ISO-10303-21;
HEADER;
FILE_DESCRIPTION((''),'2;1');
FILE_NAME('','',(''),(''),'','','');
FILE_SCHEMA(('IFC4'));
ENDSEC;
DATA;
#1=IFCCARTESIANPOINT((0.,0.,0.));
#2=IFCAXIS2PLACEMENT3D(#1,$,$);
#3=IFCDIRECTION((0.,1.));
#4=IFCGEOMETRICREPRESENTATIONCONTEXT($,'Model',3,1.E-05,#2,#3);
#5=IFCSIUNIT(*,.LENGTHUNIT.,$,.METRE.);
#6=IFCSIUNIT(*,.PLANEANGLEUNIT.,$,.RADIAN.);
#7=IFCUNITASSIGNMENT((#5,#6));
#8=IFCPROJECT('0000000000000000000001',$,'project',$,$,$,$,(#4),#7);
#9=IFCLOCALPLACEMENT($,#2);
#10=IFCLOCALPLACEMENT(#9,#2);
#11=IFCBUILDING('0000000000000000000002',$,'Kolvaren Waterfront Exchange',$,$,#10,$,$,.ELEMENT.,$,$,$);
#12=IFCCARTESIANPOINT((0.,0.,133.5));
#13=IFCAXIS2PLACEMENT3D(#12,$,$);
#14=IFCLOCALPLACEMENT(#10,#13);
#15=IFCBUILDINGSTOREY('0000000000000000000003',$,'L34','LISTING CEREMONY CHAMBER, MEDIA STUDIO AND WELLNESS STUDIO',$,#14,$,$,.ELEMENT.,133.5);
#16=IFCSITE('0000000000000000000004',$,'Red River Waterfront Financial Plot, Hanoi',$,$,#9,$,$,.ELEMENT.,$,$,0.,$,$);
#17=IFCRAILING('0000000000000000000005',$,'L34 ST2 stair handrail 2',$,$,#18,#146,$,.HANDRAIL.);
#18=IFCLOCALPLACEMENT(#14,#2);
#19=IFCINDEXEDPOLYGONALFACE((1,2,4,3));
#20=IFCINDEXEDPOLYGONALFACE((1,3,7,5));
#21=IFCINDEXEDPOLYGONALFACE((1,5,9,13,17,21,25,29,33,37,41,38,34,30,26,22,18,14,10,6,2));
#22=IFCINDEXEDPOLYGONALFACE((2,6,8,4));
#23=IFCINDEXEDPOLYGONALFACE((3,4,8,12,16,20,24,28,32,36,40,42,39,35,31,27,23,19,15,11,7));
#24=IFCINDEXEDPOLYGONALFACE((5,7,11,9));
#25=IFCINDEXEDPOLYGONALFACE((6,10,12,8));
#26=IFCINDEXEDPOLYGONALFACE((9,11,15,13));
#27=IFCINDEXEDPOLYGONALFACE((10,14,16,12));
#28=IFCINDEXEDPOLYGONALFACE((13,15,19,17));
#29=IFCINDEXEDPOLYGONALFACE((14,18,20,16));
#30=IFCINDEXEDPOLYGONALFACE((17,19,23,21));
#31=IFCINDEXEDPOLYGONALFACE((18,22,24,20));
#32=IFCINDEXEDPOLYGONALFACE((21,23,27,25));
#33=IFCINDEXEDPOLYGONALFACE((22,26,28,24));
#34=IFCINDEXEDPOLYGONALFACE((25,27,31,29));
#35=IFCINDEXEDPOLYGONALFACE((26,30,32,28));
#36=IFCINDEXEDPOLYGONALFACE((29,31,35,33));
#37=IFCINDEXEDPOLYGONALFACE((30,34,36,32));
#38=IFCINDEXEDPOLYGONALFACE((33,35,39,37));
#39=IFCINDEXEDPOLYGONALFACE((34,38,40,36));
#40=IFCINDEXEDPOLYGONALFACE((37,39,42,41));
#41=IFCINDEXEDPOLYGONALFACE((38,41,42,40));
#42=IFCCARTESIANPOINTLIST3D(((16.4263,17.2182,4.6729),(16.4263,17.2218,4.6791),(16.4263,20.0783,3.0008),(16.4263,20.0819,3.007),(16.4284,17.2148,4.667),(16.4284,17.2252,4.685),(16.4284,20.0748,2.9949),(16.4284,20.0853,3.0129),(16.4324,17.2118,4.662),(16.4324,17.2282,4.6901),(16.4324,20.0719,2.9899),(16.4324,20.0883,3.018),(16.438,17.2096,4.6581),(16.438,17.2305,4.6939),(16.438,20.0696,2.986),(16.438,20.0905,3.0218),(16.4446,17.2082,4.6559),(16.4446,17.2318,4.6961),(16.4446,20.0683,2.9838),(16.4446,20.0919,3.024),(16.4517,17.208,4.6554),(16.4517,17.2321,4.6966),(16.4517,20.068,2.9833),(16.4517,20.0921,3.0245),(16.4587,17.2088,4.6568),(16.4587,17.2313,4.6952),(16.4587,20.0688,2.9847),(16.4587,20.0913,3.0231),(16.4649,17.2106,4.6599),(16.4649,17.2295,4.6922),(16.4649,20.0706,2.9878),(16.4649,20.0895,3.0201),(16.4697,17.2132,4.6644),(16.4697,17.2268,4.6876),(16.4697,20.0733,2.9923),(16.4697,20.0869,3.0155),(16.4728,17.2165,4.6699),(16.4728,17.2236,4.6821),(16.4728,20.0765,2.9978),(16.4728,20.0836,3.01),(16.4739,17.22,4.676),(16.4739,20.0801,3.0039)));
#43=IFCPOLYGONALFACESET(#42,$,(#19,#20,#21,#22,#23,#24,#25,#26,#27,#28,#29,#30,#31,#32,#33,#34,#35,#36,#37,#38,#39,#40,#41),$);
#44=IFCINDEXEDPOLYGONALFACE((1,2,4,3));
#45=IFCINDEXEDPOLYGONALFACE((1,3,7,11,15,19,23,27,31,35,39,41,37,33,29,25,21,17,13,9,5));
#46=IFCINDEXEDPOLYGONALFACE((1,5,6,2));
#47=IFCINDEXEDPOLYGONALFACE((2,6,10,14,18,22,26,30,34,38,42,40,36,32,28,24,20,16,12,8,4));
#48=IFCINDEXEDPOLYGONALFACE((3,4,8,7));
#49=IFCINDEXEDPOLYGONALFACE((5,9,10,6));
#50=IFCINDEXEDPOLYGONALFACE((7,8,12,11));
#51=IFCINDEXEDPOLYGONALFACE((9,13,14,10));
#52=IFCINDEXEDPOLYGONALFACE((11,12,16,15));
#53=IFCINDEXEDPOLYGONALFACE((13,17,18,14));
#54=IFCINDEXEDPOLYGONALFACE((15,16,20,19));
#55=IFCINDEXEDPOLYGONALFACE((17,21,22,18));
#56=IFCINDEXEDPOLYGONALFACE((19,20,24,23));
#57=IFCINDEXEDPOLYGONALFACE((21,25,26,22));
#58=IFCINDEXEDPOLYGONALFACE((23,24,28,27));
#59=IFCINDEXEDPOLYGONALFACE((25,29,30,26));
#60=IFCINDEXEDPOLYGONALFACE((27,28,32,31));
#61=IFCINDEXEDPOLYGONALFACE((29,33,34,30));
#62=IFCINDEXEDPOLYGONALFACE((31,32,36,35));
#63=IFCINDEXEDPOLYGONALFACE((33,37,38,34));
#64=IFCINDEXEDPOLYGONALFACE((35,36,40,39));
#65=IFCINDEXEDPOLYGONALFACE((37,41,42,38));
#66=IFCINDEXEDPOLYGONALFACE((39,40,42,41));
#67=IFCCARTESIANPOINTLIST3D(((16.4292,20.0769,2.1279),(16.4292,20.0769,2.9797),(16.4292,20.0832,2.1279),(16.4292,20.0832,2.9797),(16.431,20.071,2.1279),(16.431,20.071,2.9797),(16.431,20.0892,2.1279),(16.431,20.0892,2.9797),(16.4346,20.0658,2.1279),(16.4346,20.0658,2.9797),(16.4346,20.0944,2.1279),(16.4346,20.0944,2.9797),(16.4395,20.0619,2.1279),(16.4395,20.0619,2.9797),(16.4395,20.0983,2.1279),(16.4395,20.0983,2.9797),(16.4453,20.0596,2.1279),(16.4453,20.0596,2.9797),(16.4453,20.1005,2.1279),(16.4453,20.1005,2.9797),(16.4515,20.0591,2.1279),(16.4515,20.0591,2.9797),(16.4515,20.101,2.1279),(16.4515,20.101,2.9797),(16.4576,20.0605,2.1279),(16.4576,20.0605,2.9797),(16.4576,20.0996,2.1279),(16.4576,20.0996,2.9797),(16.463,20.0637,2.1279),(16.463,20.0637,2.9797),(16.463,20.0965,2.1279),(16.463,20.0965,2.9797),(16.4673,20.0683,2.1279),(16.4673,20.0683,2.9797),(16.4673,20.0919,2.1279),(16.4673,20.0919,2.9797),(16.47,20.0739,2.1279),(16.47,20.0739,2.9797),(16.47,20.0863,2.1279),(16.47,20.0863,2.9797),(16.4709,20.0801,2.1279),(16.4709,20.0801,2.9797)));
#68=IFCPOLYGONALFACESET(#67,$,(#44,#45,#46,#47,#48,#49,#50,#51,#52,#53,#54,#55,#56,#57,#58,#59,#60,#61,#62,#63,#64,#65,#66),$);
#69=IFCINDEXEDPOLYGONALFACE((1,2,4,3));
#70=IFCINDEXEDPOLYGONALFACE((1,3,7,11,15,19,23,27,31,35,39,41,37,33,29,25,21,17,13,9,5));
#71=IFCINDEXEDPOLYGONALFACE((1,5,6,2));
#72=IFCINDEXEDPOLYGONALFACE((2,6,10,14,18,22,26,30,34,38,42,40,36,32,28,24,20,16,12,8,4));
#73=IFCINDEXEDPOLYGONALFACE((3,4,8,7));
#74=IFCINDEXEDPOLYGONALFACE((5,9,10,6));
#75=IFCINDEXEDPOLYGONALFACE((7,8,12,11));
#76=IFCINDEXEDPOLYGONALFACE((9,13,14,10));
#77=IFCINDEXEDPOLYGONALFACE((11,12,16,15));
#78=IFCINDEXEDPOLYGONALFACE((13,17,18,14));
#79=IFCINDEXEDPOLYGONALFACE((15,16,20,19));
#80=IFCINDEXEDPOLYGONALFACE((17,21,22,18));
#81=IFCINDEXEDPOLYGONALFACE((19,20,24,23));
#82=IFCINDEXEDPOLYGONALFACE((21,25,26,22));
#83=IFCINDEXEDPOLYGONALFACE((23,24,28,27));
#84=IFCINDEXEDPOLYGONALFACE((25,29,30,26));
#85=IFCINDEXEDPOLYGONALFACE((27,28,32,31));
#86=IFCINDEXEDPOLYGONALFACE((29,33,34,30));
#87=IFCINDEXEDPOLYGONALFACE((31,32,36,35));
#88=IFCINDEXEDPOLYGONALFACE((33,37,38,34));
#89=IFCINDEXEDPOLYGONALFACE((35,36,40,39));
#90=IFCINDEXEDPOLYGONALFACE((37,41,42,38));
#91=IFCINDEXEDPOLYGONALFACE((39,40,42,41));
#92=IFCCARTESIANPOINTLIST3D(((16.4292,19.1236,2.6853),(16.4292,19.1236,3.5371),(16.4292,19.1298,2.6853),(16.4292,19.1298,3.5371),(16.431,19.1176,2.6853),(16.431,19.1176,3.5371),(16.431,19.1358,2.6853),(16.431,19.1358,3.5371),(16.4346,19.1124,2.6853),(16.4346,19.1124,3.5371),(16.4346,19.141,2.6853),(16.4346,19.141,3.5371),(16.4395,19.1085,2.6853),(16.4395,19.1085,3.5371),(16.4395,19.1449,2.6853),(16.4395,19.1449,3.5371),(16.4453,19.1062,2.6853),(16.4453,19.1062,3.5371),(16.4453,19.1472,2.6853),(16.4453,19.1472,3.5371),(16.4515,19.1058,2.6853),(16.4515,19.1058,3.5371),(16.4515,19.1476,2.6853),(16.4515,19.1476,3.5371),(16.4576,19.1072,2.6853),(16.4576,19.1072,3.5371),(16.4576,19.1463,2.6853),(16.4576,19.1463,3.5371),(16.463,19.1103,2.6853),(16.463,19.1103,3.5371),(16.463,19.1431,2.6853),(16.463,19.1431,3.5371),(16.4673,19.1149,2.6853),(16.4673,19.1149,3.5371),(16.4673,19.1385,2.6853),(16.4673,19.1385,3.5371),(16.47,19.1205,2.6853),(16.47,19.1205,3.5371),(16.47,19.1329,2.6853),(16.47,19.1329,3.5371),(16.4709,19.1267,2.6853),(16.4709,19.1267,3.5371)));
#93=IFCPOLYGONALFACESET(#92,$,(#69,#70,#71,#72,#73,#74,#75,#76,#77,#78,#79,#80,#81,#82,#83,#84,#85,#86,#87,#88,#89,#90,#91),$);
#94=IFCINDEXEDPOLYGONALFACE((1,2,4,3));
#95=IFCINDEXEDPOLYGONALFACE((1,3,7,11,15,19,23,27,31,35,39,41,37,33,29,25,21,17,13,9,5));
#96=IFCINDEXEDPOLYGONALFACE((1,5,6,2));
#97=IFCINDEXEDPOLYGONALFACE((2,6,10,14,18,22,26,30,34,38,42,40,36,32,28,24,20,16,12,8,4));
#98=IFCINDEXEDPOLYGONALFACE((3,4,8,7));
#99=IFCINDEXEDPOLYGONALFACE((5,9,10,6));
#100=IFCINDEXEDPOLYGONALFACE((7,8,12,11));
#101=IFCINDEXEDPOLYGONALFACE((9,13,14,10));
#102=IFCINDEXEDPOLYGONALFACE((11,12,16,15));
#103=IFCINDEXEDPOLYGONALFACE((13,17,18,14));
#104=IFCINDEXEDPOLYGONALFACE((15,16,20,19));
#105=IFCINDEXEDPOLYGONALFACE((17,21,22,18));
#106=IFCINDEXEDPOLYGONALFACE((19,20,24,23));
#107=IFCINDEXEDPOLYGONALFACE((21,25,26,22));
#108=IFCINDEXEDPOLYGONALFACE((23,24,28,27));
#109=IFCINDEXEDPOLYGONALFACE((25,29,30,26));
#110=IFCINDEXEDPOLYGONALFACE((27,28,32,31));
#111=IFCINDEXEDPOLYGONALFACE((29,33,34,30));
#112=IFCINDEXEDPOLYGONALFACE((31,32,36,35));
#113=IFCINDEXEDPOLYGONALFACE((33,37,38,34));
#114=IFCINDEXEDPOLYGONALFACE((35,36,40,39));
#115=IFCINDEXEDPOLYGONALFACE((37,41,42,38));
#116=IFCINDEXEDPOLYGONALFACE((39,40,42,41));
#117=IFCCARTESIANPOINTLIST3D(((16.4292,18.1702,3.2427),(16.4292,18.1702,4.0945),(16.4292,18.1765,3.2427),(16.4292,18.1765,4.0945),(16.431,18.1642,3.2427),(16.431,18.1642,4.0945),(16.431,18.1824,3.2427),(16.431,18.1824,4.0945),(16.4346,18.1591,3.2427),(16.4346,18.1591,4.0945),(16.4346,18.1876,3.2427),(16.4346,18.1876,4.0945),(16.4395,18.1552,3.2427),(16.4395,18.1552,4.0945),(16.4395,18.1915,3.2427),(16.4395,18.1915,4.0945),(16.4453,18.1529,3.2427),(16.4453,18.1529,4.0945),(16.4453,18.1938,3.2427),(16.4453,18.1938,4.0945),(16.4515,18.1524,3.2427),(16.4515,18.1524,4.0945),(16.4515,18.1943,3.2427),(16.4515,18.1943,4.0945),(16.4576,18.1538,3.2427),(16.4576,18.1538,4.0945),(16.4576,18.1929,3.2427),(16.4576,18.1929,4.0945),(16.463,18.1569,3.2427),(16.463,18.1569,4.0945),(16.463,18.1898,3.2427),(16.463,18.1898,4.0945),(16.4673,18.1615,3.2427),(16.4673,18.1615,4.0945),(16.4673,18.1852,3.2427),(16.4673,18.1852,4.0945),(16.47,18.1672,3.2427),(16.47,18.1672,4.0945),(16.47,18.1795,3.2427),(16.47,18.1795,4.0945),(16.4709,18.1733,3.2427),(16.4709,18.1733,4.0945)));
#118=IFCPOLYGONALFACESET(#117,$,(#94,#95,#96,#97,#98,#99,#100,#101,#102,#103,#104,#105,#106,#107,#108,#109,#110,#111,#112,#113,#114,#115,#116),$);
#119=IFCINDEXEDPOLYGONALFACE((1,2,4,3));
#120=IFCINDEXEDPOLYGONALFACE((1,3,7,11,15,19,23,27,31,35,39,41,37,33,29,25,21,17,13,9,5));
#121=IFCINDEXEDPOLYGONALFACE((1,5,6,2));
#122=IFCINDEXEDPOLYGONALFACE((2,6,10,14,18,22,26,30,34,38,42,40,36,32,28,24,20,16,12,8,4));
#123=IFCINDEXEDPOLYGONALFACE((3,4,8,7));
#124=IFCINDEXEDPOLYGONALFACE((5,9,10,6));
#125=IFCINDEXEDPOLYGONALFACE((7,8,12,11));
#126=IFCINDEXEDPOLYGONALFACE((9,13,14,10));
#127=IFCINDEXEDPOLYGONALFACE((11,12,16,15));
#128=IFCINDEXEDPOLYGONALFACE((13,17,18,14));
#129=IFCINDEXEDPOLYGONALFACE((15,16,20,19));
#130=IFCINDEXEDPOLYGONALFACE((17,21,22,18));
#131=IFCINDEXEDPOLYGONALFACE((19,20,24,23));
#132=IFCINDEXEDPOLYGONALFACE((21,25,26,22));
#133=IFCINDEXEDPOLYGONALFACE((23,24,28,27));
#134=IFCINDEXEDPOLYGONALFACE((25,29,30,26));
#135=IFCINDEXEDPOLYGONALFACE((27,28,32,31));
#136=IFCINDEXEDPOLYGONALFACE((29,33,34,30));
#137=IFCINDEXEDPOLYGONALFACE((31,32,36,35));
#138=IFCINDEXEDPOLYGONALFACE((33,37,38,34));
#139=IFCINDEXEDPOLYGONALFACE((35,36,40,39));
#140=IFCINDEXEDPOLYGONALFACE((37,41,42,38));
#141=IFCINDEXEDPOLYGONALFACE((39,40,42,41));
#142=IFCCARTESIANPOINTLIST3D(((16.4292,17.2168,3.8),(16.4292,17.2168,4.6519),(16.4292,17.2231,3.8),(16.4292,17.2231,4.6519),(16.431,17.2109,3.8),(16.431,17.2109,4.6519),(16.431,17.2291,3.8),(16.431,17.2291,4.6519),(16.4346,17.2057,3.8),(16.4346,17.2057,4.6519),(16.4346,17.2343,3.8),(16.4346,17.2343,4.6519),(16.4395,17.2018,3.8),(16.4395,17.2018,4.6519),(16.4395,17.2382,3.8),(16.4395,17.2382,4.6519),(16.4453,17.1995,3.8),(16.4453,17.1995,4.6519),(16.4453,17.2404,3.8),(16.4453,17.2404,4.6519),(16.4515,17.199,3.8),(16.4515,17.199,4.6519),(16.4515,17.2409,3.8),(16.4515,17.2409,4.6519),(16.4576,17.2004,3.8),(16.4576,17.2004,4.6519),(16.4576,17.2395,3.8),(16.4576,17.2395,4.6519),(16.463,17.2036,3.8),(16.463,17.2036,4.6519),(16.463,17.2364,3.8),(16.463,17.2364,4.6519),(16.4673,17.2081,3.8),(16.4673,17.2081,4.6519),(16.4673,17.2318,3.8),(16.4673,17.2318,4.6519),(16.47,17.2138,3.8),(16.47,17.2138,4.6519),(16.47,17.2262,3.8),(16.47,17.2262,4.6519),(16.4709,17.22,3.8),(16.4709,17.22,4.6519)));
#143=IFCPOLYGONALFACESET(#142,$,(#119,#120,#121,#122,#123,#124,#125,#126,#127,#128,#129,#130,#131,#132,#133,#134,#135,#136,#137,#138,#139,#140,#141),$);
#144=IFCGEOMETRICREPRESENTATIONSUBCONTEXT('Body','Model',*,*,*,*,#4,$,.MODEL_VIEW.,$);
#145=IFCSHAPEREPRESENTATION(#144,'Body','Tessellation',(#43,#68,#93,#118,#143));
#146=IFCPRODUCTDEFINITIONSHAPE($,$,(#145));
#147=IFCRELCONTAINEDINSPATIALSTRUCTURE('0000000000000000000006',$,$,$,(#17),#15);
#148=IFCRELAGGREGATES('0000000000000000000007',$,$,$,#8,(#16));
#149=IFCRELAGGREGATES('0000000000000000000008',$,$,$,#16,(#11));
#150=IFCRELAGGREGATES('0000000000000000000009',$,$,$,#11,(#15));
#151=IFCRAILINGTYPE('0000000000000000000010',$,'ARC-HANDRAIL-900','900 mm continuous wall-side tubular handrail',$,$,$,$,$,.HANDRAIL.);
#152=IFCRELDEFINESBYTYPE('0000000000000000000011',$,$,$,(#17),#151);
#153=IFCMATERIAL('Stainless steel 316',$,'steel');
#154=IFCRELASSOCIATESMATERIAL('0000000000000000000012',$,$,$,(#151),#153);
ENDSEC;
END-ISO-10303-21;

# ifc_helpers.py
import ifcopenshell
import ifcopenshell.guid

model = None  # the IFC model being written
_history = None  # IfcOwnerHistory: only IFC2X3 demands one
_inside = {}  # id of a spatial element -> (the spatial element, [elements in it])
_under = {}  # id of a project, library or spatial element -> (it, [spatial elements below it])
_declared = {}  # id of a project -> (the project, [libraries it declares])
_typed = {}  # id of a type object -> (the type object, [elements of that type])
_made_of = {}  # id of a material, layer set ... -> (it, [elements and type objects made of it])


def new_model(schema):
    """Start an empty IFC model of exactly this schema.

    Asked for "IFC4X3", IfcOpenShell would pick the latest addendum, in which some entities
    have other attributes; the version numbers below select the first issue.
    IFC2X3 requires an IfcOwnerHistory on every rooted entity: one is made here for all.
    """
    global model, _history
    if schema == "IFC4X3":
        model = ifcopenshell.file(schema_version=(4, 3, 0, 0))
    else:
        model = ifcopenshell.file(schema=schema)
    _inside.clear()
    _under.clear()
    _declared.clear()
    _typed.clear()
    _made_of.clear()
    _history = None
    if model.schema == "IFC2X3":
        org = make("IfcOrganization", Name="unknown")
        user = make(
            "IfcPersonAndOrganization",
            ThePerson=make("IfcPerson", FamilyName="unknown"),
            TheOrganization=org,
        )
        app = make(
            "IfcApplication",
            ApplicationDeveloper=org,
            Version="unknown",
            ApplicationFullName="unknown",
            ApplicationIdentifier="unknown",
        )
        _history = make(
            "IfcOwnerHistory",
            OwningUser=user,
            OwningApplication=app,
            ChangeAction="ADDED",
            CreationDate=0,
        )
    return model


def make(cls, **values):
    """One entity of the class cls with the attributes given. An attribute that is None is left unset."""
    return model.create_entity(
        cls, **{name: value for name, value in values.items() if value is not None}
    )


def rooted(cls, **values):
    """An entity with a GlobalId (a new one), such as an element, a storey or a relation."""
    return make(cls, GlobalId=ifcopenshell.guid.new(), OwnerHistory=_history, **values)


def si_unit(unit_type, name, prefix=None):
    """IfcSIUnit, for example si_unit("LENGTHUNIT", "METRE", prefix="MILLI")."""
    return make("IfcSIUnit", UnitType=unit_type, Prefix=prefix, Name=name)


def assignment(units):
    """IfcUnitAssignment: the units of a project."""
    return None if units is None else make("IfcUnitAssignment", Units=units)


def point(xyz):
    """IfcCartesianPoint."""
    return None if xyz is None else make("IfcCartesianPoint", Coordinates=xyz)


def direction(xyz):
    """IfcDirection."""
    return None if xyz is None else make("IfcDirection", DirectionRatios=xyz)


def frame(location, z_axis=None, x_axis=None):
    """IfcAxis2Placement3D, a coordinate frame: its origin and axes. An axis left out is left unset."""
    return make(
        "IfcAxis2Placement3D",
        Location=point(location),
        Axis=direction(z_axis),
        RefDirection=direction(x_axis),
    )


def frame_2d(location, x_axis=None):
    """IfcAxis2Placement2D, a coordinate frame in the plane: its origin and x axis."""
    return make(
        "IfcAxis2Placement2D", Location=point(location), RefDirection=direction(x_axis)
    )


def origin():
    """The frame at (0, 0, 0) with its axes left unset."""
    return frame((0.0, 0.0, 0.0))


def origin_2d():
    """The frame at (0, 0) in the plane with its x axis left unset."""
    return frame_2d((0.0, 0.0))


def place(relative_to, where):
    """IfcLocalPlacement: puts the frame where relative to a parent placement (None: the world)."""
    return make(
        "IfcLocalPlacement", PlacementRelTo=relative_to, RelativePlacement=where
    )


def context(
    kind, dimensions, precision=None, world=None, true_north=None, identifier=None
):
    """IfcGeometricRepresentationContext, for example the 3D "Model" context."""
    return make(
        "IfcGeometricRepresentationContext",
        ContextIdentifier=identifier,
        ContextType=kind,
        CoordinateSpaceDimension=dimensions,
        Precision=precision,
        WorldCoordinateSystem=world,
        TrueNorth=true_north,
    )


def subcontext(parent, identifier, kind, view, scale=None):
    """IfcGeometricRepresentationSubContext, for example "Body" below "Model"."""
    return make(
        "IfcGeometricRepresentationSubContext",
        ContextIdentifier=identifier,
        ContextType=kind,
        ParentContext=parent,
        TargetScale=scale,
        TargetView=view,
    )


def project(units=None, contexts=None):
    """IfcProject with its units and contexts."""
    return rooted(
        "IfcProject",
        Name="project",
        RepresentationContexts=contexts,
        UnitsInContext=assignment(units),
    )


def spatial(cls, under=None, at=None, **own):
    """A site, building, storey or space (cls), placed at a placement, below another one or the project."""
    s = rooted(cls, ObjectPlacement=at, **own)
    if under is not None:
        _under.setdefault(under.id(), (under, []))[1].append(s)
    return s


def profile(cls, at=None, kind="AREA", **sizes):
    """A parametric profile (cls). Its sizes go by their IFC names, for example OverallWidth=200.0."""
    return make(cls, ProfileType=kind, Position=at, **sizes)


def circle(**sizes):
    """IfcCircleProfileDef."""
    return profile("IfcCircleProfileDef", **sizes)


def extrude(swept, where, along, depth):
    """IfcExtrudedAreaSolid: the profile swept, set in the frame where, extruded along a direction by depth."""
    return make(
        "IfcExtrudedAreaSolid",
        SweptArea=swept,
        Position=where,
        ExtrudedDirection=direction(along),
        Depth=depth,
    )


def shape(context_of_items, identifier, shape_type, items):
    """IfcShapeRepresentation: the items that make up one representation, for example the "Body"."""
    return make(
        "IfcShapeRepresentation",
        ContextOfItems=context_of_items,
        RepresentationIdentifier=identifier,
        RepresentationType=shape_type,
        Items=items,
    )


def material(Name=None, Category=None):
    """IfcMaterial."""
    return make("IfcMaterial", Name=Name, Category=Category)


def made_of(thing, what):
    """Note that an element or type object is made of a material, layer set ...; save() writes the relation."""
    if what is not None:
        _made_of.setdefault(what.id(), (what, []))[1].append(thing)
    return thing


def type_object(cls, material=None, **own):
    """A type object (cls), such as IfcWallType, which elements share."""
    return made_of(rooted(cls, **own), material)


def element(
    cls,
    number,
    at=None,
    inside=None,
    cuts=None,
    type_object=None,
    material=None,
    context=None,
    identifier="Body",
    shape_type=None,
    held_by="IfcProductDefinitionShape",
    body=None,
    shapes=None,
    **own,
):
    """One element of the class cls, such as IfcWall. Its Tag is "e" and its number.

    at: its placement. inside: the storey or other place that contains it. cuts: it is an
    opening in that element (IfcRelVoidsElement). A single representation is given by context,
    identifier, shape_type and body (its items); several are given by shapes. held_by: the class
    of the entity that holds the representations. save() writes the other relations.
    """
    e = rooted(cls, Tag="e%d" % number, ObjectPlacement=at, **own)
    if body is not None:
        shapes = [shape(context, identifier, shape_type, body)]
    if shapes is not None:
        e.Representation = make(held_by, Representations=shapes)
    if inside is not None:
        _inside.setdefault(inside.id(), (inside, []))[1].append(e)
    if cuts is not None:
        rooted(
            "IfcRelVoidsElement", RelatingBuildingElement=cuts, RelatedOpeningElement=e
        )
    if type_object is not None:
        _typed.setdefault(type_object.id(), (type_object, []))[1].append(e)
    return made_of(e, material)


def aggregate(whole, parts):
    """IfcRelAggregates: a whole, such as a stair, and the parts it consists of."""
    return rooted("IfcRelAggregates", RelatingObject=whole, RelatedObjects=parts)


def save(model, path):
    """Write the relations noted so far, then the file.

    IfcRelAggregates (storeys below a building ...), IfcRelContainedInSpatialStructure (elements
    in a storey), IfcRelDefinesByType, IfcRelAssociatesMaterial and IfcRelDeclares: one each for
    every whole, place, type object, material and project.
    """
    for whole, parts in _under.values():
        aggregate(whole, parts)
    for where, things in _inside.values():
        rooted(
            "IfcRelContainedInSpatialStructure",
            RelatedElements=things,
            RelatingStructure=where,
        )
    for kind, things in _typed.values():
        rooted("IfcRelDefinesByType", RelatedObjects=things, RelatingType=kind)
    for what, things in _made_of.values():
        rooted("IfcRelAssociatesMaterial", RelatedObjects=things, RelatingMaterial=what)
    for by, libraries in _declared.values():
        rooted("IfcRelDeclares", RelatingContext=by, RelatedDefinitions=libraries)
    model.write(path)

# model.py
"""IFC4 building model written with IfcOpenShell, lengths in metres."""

from ifc_helpers import new_model, si_unit, direction, frame, origin, origin_2d, place, context, subcontext, project, spatial, circle, extrude, material, type_object, element, save


model = new_model("IFC4")

# Units and contexts
model_context = context("Model", 3, precision=1e-05, world=origin(), true_north=direction((0.0, 1.0)))
body_context = subcontext(model_context, "Body", "Model", "MODEL_VIEW")
ifc_project = project(units=[si_unit("LENGTHUNIT", "METRE"), si_unit("PLANEANGLEUNIT", "RADIAN")], contexts=[model_context])

# Site, building, storey
site_placement = place(None, origin())
site = spatial("IfcSite", under=ifc_project, at=site_placement, Name="Red River Waterfront Financial Plot, Hanoi", CompositionType="ELEMENT", RefElevation=0.0)
building_placement = place(site_placement, origin())
building = spatial("IfcBuilding", under=site, at=building_placement, Name="Kolvaren Waterfront Exchange", CompositionType="ELEMENT")
storey_placement = place(building_placement, frame((0.0, 0.0, 133.5)))
storey = spatial("IfcBuildingStorey", under=building, at=storey_placement, Name="L34", Description="LISTING CEREMONY CHAMBER, MEDIA STUDIO AND WELLNESS STUDIO", CompositionType="ELEMENT", Elevation=133.5)

# Railing
ifc_material_1 = material(Name="Stainless steel 316", Category="steel")
railing_type_1 = type_object("IfcRailingType", Name="ARC-HANDRAIL-900", Description="900 mm continuous wall-side tubular handrail", PredefinedType="HANDRAIL", material=ifc_material_1)
railing_1_placement = place(storey_placement, frame((16.45, 20.0801, 2.1279)))
element("IfcRailing", 1, at=railing_1_placement, inside=storey, type_object=railing_type_1, Name="L34 ST2 stair handrail 2", PredefinedType="HANDRAIL", context=body_context, shape_type="SweptSolid", body=[
    extrude(circle(Radius=0.0239, at=origin_2d()), frame((0.0, 0.0, 0.876), z_axis=(0.0, -0.863289, 0.504709), x_axis=(1.0, 0.0, 0.0)), (0.0, 0.0, 1.0), 3.313),
    extrude(circle(Radius=0.021, at=origin_2d()), origin(), (0.0, 0.0, 1.0), 0.8518),
    extrude(circle(Radius=0.021, at=origin_2d()), frame((0.0, -0.9534, 0.5574)), (0.0, 0.0, 1.0), 0.8518),
    extrude(circle(Radius=0.021, at=origin_2d()), frame((0.0, -1.9067, 1.1147)), (0.0, 0.0, 1.0), 0.8518),
    extrude(circle(Radius=0.021, at=origin_2d()), frame((0.0, -2.8601, 1.6721)), (0.0, 0.0, 1.0), 0.8518),
])

save(model, "model.ifc")
